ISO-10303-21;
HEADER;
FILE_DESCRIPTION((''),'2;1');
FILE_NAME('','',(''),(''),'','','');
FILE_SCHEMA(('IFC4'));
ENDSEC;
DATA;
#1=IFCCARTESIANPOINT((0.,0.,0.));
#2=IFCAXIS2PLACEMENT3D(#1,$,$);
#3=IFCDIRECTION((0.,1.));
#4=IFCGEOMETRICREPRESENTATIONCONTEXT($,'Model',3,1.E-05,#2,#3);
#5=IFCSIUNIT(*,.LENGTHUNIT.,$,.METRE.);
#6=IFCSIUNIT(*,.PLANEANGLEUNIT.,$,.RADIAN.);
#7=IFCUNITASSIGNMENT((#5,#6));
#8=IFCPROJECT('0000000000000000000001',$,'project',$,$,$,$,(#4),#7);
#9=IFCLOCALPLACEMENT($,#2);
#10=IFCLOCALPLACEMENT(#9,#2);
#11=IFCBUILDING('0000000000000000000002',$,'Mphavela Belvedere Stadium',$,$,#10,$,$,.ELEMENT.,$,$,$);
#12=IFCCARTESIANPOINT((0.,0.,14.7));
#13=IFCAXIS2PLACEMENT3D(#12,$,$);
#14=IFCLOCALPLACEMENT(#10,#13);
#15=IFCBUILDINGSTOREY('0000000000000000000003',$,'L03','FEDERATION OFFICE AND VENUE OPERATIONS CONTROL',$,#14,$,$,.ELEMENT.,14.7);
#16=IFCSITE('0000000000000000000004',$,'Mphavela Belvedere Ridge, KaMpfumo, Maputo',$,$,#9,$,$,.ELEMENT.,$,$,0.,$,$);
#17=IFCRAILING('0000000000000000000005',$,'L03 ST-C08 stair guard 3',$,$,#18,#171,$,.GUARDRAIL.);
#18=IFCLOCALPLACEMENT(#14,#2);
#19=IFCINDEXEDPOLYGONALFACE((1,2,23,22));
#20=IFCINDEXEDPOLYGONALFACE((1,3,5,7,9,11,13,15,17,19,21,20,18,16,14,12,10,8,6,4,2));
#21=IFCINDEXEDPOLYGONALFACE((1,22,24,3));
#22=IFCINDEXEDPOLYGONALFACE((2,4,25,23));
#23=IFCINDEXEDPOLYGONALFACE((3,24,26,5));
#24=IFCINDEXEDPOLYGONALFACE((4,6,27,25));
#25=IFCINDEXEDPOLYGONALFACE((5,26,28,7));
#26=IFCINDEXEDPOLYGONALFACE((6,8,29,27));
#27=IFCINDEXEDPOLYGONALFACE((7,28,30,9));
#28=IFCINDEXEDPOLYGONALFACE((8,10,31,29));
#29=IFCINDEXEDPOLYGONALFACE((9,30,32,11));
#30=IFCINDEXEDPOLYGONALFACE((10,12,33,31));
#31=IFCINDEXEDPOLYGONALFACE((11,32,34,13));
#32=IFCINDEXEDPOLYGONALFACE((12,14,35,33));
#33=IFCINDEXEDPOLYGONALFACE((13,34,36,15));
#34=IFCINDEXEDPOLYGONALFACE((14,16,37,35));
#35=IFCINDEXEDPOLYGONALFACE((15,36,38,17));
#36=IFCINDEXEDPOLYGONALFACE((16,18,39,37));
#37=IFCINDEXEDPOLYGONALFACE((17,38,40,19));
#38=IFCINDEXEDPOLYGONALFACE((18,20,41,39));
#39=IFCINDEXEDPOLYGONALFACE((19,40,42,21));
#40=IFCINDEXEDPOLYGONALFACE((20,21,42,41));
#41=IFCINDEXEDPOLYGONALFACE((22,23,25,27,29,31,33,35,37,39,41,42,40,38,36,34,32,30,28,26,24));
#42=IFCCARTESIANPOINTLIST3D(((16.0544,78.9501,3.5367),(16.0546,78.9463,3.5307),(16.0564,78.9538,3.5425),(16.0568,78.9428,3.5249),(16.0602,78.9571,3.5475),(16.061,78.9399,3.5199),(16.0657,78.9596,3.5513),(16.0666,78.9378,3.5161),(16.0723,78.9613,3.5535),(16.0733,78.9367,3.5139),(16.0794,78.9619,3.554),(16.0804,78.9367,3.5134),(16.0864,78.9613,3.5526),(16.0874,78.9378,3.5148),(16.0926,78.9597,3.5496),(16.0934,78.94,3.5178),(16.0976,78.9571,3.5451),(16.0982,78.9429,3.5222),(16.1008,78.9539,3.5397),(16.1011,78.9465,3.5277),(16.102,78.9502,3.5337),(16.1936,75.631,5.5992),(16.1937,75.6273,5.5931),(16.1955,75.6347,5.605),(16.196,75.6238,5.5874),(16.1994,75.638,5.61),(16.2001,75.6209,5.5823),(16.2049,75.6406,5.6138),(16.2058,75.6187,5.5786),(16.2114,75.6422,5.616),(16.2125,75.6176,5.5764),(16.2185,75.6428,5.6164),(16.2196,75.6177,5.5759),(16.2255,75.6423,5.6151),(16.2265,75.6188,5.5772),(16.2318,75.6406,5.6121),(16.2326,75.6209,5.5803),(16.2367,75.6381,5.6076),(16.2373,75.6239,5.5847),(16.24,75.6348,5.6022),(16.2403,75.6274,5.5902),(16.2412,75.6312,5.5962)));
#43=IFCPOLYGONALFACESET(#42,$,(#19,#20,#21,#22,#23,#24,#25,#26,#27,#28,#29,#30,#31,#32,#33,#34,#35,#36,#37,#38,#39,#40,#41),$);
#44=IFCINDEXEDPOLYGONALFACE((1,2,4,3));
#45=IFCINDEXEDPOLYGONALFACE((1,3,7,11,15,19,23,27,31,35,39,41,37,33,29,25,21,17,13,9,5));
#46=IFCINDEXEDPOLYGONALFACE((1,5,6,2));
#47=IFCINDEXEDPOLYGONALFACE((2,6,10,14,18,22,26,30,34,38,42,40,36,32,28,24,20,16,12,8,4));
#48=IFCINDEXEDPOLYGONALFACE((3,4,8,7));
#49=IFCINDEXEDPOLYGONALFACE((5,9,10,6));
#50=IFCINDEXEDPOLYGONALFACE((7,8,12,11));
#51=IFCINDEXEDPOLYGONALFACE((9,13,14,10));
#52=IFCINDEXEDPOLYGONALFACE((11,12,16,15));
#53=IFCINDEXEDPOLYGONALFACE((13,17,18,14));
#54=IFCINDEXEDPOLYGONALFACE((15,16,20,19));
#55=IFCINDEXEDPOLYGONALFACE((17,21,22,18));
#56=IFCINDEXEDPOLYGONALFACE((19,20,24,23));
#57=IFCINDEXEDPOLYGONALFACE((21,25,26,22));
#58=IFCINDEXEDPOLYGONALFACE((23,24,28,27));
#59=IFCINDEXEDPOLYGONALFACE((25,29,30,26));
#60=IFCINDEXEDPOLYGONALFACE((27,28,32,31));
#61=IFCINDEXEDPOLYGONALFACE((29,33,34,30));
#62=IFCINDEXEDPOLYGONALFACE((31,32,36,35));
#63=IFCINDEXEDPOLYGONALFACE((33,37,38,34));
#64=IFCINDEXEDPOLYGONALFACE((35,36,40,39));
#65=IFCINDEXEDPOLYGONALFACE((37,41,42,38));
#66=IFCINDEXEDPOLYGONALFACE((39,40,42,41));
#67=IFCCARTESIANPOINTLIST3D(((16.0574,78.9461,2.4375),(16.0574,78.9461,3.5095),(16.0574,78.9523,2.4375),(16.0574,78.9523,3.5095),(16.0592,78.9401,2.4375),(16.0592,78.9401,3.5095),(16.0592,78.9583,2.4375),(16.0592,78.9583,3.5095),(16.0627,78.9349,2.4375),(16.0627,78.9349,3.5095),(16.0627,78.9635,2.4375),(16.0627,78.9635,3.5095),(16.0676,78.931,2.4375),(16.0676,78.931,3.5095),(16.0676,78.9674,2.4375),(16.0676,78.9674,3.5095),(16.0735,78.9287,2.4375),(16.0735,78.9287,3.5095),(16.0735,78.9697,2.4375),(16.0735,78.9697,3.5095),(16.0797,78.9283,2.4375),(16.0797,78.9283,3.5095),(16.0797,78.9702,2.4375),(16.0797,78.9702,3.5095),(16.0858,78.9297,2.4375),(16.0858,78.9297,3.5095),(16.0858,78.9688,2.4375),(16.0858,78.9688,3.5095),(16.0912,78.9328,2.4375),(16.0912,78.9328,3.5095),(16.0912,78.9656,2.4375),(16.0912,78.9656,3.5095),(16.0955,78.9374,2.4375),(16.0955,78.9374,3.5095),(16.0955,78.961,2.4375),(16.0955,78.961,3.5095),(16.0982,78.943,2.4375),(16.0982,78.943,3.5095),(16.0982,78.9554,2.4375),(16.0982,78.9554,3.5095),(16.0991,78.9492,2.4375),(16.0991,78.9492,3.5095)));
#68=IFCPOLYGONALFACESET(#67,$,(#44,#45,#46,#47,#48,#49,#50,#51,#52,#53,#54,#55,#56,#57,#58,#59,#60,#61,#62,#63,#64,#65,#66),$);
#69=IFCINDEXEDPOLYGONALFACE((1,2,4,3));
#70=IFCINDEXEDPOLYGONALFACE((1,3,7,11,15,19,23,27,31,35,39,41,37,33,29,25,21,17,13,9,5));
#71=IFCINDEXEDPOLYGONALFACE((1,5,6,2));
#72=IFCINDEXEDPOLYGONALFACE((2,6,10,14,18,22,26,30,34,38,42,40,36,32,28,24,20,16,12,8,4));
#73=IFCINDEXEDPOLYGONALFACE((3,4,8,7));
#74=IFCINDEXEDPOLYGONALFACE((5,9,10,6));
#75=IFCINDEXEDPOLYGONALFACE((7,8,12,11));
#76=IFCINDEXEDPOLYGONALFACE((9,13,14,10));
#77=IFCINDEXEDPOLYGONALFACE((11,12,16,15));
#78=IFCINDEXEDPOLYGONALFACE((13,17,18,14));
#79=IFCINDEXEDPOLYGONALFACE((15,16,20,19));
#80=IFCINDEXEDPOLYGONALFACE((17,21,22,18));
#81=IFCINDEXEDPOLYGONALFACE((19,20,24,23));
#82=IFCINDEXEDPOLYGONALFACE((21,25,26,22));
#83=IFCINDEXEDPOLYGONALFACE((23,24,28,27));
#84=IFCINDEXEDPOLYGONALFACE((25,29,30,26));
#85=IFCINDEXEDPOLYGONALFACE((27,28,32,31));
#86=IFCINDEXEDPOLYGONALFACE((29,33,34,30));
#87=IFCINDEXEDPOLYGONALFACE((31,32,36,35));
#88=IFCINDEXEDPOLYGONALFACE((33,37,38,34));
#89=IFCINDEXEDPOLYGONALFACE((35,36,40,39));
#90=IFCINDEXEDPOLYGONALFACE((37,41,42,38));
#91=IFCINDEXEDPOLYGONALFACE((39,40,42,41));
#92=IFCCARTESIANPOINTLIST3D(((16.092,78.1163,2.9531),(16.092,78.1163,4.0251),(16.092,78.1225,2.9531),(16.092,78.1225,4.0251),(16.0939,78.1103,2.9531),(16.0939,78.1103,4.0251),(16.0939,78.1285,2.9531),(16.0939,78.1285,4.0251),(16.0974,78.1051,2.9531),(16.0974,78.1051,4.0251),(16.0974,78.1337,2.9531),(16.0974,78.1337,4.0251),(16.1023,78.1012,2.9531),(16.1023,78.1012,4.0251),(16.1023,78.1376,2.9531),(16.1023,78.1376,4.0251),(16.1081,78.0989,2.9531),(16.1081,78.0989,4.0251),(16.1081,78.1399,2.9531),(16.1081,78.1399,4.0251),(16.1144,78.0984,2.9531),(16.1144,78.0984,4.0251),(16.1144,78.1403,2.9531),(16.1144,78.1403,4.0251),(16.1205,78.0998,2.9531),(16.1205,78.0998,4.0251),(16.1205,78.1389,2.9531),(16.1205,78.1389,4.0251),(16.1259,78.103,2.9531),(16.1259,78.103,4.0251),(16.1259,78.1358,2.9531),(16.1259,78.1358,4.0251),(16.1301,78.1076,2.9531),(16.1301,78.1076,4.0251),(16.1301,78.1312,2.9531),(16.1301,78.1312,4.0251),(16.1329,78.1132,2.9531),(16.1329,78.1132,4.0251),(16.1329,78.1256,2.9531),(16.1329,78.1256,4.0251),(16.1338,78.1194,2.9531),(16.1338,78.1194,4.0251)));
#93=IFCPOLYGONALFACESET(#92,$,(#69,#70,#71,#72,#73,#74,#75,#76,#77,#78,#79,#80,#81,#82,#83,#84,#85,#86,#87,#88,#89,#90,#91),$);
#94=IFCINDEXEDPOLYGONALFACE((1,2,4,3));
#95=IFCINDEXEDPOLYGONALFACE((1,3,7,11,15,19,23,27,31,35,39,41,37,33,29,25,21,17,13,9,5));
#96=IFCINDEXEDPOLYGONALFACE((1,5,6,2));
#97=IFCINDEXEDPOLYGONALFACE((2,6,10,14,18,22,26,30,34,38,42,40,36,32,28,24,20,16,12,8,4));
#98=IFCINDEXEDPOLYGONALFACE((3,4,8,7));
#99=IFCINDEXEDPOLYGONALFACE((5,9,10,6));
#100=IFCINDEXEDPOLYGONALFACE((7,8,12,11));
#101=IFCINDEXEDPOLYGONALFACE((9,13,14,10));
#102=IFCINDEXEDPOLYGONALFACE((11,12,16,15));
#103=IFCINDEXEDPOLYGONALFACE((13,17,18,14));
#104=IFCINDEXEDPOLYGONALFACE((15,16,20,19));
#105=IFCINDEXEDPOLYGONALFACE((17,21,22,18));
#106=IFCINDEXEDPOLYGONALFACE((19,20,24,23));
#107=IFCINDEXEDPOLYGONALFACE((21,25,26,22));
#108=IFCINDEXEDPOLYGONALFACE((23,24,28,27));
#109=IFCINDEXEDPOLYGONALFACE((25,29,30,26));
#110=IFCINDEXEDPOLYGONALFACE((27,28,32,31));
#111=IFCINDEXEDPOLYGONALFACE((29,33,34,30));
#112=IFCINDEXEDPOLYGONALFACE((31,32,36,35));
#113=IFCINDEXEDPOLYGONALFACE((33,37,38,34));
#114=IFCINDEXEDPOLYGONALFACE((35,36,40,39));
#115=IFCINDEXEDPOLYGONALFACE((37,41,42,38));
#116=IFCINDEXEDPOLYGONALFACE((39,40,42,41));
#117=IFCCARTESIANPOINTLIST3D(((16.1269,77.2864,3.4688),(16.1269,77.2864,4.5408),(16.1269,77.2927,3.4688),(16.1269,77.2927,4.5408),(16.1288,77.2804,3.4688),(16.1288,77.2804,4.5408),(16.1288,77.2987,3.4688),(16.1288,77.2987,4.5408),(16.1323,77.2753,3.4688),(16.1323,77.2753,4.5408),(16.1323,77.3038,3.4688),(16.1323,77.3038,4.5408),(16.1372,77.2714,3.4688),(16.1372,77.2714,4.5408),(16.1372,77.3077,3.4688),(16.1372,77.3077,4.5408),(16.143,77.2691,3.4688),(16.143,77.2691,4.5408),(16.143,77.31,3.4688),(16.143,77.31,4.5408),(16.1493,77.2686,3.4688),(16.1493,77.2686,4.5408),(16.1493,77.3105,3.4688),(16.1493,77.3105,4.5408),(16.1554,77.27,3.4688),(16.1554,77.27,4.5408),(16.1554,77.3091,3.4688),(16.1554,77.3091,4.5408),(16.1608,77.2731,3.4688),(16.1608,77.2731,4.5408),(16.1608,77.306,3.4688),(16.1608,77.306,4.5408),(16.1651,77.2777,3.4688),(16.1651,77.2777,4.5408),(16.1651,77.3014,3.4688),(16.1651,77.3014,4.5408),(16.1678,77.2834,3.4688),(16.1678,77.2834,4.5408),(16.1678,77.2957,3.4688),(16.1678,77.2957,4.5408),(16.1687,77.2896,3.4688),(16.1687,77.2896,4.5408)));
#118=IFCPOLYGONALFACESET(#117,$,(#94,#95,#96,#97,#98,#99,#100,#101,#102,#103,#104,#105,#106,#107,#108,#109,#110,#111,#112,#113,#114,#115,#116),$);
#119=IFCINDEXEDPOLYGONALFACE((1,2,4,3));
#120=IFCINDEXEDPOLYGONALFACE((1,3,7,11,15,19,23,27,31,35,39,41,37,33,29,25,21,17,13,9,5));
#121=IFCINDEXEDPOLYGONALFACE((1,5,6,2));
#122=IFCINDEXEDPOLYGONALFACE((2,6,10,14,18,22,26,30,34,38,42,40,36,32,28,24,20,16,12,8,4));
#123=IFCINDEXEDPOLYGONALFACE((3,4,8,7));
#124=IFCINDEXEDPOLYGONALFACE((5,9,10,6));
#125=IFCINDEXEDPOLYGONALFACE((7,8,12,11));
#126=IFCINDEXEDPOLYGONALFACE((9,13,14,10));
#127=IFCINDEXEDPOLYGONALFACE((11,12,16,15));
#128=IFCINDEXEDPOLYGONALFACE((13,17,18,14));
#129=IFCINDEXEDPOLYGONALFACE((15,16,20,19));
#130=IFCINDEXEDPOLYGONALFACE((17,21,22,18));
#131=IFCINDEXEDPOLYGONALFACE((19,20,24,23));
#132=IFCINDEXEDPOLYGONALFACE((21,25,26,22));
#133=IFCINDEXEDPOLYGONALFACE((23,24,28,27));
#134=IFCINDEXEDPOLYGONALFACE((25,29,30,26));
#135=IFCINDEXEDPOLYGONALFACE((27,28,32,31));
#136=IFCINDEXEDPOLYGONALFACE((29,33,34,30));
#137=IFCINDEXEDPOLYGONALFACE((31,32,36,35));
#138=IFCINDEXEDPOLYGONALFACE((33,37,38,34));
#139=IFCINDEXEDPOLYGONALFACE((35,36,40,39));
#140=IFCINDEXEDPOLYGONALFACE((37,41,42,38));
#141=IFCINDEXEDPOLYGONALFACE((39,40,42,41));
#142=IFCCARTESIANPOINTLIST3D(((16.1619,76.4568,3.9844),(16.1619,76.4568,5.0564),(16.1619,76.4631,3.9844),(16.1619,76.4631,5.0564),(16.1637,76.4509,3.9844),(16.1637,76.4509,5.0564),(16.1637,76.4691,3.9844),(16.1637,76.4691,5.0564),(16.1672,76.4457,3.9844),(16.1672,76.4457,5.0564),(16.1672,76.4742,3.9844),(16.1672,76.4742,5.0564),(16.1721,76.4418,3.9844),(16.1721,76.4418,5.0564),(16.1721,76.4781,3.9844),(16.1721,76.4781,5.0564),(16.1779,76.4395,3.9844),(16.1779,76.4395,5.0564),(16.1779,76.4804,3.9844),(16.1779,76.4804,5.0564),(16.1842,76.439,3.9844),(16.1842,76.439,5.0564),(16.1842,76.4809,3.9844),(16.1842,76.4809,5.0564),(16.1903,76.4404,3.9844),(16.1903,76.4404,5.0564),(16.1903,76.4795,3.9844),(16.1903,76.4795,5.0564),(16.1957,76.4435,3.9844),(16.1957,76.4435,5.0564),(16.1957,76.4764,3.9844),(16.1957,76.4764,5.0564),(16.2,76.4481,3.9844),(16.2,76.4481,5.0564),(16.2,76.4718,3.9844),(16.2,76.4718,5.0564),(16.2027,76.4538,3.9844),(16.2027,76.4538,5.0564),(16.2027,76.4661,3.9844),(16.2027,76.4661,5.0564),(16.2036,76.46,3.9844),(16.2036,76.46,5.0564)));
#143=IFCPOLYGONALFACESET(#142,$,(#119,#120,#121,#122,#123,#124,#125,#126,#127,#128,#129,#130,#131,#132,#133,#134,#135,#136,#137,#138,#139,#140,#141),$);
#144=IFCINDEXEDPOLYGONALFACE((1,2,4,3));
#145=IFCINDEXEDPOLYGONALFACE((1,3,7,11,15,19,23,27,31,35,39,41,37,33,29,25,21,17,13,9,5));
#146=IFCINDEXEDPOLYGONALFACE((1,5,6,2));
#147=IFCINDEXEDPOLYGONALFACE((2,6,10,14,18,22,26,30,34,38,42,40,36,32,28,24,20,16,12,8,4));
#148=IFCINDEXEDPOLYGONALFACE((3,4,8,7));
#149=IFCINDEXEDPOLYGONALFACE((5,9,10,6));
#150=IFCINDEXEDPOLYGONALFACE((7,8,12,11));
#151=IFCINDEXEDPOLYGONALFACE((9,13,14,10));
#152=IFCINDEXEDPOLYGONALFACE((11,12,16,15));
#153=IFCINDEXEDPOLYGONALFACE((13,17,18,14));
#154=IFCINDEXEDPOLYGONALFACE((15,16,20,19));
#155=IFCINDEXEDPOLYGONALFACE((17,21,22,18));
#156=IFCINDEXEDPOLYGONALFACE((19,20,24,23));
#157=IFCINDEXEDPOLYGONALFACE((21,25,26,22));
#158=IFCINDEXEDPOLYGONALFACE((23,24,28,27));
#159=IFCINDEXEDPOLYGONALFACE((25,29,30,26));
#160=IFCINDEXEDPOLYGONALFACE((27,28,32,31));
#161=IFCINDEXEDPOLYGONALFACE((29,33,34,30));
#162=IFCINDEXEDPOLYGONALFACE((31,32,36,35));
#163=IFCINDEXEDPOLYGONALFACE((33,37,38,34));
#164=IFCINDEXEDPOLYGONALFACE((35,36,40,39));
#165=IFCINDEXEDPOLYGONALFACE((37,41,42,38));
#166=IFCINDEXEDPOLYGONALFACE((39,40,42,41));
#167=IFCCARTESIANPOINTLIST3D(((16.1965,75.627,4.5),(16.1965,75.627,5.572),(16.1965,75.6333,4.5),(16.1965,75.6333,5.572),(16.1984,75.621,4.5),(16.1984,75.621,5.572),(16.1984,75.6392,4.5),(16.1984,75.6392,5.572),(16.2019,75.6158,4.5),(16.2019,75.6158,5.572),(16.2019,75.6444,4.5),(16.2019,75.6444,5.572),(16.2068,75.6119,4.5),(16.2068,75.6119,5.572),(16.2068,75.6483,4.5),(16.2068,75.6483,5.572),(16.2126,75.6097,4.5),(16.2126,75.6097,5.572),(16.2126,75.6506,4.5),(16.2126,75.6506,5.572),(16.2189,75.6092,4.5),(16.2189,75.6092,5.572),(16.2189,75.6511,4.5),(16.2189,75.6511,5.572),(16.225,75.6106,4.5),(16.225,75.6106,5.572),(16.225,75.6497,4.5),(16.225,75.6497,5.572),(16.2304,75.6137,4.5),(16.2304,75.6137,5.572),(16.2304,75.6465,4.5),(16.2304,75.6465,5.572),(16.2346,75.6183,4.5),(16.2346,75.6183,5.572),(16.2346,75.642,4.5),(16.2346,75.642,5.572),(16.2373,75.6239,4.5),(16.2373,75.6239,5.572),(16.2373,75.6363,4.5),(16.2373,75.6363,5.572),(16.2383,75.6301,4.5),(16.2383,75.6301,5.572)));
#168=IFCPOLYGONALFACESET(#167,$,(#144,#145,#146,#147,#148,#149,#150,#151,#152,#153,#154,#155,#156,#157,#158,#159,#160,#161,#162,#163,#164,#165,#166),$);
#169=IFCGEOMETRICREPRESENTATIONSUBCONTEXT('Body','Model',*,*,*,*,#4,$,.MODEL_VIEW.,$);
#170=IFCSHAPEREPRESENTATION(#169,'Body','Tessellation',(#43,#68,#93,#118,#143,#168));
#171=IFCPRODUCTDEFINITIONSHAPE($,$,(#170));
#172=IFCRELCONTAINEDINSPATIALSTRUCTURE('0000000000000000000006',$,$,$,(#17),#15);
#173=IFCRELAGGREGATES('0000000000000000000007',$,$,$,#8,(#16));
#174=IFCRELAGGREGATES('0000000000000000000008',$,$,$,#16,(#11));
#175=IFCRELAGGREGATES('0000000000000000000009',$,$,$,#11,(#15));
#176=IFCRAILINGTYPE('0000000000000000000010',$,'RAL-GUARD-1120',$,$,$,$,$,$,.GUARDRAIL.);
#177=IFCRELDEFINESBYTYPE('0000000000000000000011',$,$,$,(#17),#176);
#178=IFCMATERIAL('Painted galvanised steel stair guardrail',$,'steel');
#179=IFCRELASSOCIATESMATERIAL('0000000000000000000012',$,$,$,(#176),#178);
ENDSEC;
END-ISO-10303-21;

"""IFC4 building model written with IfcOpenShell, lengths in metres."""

from ifc_helpers import new_model, si_unit, direction, frame, origin, origin_2d, place, context, subcontext, project, spatial, circle, extrude, material, type_object, element, save


model = new_model("IFC4")

# Units and contexts
model_context = context("Model", 3, precision=1e-05, world=origin(), true_north=direction((0.0, 1.0)))
body_context = subcontext(model_context, "Body", "Model", "MODEL_VIEW")
ifc_project = project(units=[si_unit("LENGTHUNIT", "METRE"), si_unit("PLANEANGLEUNIT", "RADIAN")], contexts=[model_context])

# Site, building, storey
site_placement = place(None, origin())
site = spatial("IfcSite", under=ifc_project, at=site_placement, Name="Mphavela Belvedere Ridge, KaMpfumo, Maputo", CompositionType="ELEMENT", RefElevation=0.0)
building_placement = place(site_placement, origin())
building = spatial("IfcBuilding", under=site, at=building_placement, Name="Mphavela Belvedere Stadium", CompositionType="ELEMENT")
storey_placement = place(building_placement, frame((0.0, 0.0, 14.7)))
storey = spatial("IfcBuildingStorey", under=building, at=storey_placement, Name="L03", Description="FEDERATION OFFICE AND VENUE OPERATIONS CONTROL", CompositionType="ELEMENT", Elevation=14.7)

# Railing
ifc_material_1 = material(Name="Painted galvanised steel stair guardrail", Category="steel")
railing_type_1 = type_object("IfcRailingType", Name="RAL-GUARD-1120", PredefinedType="GUARDRAIL", material=ifc_material_1)
railing_1_placement = place(storey_placement, frame((16.0781, 78.9492, 2.4375)))
element("IfcRailing", 1, at=railing_1_placement, inside=storey, type_object=railing_type_1, Name="L03 ST-C08 stair guard 3", PredefinedType="GUARDRAIL", context=body_context, shape_type="SweptSolid", body=[
    extrude(circle(Radius=0.0239, at=origin_2d()), frame((0.0, 0.0, 1.0962), z_axis=(0.035589, -0.84883, 0.527467), x_axis=(0.999122, 0.04189, 0.0)), (0.0, 0.0, 1.0), 3.9102),
    extrude(circle(Radius=0.021, at=origin_2d()), origin(), (0.0, 0.0, 1.0), 1.072),
    extrude(circle(Radius=0.021, at=origin_2d()), frame((0.0347, -0.8298, 0.5156)), (0.0, 0.0, 1.0), 1.072),
    extrude(circle(Radius=0.021, at=origin_2d()), frame((0.0696, -1.6597, 1.0312)), (0.0, 0.0, 1.0), 1.072),
    extrude(circle(Radius=0.021, at=origin_2d()), frame((0.1045, -2.4893, 1.5469)), (0.0, 0.0, 1.0), 1.072),
    extrude(circle(Radius=0.021, at=origin_2d()), frame((0.1392, -3.3191, 2.0625)), (0.0, 0.0, 1.0), 1.072),
])

save(model, "model.ifc")
